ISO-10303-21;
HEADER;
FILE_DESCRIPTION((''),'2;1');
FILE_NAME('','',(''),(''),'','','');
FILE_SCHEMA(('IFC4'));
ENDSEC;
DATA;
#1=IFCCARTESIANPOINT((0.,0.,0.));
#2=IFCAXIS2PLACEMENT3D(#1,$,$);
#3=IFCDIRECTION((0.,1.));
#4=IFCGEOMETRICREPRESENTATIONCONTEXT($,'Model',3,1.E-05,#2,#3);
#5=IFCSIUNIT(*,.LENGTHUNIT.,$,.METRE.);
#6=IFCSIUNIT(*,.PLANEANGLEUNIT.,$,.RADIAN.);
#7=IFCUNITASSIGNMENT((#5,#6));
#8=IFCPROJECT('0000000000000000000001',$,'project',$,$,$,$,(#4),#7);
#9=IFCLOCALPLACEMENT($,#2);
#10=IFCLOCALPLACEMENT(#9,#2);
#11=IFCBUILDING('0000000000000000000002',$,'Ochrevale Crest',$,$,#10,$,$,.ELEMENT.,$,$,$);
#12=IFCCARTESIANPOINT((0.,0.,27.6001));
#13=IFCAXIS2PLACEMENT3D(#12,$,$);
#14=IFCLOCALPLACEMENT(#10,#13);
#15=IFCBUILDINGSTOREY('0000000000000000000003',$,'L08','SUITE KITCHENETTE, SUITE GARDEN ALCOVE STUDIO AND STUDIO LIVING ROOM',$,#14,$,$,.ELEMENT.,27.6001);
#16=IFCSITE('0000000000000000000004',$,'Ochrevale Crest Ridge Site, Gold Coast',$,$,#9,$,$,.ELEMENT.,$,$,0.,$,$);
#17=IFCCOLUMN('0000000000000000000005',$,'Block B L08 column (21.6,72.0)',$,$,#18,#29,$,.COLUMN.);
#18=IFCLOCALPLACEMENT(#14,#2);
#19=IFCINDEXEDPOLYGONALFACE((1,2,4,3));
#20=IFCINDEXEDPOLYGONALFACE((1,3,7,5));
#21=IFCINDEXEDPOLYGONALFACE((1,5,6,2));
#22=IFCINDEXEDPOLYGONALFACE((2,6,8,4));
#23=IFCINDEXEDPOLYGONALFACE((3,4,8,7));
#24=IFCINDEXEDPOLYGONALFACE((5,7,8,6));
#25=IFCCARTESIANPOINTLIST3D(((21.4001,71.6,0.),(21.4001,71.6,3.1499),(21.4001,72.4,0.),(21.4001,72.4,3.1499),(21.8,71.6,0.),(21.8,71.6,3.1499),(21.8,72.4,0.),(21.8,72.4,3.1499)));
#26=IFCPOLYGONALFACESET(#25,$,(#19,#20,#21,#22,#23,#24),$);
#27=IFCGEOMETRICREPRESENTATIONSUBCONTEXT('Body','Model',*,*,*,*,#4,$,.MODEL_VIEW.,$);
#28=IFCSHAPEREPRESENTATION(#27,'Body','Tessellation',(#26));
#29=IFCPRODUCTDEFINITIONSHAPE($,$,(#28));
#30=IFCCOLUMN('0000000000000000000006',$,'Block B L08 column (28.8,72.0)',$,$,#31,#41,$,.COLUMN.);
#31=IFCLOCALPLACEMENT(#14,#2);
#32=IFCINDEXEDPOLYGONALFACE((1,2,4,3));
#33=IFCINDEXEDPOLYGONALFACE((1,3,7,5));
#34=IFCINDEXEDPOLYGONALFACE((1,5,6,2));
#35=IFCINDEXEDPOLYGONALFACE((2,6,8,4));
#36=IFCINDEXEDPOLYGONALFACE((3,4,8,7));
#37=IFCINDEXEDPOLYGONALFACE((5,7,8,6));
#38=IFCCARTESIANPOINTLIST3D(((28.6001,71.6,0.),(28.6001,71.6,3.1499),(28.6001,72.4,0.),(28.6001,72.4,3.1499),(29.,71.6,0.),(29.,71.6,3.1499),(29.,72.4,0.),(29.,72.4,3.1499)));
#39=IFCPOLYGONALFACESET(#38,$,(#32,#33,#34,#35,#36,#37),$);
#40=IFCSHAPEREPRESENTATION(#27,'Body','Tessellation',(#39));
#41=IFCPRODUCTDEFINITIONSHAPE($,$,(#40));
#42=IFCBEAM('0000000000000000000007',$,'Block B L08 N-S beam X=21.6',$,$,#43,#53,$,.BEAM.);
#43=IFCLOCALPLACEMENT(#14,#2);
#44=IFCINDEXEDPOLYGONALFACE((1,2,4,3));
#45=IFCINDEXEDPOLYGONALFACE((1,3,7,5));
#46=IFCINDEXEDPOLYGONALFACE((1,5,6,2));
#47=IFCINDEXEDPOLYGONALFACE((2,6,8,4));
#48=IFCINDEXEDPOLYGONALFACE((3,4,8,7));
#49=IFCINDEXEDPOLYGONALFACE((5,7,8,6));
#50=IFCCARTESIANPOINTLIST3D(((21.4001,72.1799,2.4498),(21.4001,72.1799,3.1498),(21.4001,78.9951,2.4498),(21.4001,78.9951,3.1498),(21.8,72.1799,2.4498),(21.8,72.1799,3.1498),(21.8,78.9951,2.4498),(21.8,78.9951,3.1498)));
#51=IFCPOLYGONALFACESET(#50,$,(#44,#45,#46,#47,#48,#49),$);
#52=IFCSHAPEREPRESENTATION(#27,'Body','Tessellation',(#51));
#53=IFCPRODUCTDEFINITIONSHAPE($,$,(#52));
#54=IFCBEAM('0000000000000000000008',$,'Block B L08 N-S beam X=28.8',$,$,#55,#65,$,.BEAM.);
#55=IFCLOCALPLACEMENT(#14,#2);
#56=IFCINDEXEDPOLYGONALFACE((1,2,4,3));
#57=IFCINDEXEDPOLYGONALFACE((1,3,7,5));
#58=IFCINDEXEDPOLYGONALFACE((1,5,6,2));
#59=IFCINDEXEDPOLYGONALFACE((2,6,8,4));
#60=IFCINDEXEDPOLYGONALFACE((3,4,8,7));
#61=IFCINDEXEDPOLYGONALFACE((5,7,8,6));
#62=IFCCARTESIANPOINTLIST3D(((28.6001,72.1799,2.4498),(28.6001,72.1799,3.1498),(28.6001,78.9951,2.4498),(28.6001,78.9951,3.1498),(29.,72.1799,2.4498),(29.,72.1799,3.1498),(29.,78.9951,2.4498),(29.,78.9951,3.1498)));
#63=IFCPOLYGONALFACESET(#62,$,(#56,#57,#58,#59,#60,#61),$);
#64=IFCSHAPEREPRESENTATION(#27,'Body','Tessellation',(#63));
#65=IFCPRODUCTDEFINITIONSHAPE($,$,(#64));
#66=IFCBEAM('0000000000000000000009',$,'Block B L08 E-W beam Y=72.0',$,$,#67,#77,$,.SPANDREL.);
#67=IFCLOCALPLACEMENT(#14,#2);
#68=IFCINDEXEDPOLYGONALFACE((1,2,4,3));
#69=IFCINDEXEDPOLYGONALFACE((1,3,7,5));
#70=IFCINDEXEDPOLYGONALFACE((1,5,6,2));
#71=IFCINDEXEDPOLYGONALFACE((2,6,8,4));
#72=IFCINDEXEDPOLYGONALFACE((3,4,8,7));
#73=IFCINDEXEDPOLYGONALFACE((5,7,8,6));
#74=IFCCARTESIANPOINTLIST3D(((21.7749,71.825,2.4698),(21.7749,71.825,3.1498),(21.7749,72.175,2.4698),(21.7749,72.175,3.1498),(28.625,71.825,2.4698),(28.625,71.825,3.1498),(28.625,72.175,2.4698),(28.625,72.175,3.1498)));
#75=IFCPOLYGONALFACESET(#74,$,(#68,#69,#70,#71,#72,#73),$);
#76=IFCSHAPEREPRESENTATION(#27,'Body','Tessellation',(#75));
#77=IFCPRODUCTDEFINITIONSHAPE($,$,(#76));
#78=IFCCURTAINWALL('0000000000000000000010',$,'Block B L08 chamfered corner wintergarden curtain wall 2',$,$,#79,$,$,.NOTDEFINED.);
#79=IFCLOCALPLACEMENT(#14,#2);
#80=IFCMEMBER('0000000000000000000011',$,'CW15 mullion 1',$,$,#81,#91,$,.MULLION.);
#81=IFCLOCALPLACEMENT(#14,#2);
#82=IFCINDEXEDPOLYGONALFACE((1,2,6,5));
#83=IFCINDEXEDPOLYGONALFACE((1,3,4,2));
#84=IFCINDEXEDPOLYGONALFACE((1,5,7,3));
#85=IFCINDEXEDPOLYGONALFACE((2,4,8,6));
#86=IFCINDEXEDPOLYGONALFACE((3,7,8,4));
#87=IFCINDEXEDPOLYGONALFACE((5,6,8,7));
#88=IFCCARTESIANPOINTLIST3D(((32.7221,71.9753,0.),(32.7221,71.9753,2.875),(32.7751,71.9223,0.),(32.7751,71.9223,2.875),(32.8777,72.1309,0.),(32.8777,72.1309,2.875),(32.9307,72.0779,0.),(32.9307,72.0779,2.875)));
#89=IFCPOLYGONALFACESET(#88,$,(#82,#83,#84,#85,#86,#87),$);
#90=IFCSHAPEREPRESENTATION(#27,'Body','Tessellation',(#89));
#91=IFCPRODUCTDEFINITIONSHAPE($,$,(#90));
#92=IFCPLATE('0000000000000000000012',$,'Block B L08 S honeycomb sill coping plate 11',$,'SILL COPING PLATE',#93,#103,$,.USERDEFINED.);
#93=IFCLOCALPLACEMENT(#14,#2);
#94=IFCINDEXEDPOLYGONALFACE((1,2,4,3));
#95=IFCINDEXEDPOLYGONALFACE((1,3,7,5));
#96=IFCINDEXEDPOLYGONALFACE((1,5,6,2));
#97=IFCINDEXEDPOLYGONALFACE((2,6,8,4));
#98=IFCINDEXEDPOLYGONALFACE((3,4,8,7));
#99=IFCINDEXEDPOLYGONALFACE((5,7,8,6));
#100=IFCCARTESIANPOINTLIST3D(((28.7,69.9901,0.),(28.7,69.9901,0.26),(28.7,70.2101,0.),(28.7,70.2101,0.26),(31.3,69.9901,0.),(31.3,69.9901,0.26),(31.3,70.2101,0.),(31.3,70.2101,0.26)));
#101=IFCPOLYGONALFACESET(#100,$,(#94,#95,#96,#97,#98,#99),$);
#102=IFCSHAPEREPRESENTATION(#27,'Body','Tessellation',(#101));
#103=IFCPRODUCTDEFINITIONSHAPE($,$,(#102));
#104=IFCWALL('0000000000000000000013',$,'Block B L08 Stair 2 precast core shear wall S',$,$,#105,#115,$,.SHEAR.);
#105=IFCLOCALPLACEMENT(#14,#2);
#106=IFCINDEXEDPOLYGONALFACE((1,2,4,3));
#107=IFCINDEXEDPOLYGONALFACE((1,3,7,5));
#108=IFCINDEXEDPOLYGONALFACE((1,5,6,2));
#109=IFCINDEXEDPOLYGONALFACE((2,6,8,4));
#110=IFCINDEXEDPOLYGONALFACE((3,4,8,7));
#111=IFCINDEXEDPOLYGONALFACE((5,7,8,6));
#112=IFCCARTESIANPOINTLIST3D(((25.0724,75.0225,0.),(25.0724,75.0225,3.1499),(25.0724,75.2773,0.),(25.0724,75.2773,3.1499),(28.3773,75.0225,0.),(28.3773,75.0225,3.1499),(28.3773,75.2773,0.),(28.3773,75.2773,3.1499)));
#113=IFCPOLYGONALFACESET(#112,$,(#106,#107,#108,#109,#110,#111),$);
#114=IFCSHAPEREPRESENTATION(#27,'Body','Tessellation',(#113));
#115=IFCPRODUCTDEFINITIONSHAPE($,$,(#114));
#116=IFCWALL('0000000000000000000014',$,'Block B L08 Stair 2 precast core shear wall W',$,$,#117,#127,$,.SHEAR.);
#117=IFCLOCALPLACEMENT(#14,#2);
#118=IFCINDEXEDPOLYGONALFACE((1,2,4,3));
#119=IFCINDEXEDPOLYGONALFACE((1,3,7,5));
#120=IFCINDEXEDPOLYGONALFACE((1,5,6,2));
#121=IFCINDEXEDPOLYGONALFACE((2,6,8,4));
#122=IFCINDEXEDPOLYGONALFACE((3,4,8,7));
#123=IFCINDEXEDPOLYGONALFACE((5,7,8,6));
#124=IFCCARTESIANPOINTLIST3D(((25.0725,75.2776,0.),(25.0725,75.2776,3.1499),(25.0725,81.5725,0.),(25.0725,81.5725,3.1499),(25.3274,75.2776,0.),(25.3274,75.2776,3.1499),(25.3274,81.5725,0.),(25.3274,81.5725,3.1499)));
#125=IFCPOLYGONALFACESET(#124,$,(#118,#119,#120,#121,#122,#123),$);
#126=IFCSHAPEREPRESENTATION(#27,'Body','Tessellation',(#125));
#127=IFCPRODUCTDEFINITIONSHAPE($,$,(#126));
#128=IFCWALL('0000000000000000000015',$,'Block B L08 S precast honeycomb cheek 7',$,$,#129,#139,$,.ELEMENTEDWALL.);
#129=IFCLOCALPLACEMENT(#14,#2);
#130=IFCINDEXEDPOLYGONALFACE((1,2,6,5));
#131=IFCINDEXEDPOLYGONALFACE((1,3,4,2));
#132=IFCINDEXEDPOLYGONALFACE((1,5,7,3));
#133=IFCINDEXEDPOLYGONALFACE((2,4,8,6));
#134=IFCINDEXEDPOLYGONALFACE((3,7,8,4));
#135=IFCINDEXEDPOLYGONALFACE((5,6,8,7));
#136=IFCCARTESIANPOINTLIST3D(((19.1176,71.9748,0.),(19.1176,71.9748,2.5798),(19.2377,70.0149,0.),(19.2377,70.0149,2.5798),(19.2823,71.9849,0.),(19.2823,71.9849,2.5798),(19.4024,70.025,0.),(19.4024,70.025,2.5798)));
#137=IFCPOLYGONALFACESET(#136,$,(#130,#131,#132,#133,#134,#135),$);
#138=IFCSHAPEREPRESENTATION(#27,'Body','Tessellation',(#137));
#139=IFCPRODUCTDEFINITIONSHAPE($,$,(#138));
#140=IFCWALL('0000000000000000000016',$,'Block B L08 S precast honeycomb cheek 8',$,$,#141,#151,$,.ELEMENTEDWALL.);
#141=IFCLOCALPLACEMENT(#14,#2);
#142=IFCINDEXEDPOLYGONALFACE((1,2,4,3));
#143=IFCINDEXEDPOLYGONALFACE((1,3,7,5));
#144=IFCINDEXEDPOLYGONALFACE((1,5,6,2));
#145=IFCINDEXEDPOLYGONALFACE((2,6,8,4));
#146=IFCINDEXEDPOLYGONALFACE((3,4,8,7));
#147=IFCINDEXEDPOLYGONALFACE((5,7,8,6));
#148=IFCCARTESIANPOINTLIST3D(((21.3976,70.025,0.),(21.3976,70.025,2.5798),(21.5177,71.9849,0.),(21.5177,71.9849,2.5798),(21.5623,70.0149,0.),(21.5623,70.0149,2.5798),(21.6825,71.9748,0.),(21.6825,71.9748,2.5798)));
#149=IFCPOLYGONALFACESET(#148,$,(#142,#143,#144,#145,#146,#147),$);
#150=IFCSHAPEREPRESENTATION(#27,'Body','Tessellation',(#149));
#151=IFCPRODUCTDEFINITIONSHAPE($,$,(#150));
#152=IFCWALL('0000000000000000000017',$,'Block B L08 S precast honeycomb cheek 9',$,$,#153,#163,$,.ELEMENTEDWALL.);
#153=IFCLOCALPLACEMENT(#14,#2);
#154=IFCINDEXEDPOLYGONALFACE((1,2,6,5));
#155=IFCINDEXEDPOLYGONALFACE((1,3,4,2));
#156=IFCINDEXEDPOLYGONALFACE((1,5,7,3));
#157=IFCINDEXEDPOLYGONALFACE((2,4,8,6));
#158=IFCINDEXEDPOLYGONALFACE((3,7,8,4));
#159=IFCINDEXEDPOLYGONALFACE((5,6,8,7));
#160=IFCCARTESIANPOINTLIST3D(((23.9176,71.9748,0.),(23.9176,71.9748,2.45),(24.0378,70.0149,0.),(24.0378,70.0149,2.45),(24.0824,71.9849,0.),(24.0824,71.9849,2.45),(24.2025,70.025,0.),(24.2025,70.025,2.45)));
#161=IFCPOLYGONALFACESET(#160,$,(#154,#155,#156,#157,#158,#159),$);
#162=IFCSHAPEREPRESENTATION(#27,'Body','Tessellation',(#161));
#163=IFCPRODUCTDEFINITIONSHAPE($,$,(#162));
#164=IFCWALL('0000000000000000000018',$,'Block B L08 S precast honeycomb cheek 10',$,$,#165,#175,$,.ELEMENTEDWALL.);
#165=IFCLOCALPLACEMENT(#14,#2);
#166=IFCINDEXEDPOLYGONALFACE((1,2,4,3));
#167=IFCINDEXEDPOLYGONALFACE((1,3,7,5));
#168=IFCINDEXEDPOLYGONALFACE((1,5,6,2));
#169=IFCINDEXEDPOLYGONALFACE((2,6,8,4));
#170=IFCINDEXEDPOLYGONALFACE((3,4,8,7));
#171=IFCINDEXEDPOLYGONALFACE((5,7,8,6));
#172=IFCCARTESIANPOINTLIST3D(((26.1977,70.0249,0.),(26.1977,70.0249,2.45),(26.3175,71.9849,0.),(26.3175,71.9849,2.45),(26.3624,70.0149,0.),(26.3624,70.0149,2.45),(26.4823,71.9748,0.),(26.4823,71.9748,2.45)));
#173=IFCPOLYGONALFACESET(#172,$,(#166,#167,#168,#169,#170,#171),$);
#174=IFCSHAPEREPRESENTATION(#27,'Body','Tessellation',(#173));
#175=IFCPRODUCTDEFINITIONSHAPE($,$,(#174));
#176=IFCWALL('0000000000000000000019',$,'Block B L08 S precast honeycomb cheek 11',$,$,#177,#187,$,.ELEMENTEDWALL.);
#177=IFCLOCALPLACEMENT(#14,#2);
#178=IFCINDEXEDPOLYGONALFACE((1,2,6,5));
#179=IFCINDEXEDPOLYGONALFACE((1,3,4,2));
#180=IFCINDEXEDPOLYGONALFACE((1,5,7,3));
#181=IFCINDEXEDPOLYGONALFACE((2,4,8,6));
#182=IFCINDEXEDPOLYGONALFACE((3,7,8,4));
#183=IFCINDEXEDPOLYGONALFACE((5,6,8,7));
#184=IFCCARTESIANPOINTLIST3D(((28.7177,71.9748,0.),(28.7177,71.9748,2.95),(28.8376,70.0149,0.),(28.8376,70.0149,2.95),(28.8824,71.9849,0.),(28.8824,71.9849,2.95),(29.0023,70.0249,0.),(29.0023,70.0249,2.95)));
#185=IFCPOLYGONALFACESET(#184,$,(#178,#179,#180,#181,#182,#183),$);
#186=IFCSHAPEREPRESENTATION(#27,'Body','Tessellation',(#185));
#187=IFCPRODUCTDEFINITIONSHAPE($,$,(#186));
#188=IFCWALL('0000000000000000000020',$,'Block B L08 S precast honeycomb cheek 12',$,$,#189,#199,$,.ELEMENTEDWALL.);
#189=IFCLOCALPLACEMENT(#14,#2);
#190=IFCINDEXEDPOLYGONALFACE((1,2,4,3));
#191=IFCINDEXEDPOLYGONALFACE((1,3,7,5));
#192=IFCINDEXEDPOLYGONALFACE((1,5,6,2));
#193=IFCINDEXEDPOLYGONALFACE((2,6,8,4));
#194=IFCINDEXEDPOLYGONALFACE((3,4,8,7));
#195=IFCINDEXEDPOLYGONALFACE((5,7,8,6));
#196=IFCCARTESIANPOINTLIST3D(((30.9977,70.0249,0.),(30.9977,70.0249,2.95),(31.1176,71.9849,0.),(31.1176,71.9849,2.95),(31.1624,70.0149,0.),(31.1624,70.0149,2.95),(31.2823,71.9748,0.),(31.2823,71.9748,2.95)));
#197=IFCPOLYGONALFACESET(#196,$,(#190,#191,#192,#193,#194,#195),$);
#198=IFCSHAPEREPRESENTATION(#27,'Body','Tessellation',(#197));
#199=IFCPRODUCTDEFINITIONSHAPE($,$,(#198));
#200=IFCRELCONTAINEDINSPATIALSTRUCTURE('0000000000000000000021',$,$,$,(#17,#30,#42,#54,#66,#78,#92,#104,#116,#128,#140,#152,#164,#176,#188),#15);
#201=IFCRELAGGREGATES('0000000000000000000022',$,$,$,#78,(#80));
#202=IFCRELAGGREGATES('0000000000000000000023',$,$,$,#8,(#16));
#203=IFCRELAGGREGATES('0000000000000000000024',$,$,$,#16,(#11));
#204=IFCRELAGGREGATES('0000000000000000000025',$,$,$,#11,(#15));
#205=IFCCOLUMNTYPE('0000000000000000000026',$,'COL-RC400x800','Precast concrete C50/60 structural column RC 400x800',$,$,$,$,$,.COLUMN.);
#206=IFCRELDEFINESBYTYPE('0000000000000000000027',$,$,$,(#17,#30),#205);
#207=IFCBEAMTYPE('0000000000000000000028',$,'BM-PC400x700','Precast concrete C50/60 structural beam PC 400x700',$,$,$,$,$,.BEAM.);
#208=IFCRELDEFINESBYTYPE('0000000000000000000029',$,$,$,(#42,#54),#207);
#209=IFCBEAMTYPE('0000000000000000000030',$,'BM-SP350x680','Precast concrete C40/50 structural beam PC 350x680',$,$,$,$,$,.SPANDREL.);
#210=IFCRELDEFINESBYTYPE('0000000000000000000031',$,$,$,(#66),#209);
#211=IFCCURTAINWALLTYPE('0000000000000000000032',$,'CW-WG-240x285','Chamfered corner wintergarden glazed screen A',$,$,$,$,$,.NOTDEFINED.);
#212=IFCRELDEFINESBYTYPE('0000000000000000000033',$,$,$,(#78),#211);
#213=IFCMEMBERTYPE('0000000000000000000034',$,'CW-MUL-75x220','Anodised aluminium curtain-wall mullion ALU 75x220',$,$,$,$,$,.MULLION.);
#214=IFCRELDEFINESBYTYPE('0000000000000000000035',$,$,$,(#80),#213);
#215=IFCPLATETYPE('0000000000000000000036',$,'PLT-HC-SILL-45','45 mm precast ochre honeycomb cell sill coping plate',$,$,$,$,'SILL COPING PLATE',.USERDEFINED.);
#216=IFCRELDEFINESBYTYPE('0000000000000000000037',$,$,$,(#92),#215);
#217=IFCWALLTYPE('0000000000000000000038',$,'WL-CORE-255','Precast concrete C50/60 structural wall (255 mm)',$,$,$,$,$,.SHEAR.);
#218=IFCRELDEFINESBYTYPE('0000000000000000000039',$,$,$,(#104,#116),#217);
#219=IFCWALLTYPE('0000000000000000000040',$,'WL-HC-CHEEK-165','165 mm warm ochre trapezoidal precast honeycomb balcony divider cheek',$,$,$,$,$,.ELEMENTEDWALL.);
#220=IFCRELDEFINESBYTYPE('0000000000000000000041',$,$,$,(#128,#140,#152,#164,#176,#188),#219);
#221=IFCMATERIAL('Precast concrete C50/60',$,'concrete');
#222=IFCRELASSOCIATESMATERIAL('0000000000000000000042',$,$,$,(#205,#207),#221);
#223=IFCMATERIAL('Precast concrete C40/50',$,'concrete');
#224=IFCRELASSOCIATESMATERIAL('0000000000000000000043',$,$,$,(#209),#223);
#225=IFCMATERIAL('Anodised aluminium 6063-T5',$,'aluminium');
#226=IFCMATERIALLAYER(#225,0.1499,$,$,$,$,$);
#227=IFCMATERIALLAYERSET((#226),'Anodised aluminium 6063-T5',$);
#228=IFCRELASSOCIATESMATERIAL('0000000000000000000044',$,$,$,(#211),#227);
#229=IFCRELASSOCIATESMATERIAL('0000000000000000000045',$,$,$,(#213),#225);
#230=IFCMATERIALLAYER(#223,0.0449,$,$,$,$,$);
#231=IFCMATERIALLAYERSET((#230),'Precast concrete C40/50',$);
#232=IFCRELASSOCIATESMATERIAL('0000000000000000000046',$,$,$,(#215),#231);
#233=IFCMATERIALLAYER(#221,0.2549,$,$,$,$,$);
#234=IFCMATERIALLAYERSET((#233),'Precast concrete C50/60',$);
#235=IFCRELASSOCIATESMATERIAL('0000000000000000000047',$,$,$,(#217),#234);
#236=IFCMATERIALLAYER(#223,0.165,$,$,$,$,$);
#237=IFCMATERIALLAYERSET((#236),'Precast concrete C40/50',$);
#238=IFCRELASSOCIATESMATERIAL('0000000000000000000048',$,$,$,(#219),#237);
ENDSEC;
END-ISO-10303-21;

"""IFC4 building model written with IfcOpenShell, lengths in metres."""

from ifc_helpers import new_model, si_unit, direction, frame, frame_2d, origin, origin_2d, place, context, subcontext, project, spatial, rectangle, extrude, material, layer, layer_set, material_profile, profile_set, type_object, element, aggregate, save


model = new_model("IFC4")

# Units and contexts
model_context = context("Model", 3, precision=1e-05, world=origin(), true_north=direction((0.0, 1.0)))
body_context = subcontext(model_context, "Body", "Model", "MODEL_VIEW")
ifc_project = project(units=[si_unit("LENGTHUNIT", "METRE"), si_unit("PLANEANGLEUNIT", "RADIAN")], contexts=[model_context])

# Site, building, storey
site_placement = place(None, origin())
site = spatial("IfcSite", under=ifc_project, at=site_placement, Name="Ochrevale Crest Ridge Site, Gold Coast", CompositionType="ELEMENT", RefElevation=0.0)
building_placement = place(site_placement, origin())
building = spatial("IfcBuilding", under=site, at=building_placement, Name="Ochrevale Crest", CompositionType="ELEMENT")
storey_placement = place(building_placement, frame((0.0, 0.0, 27.6001)))
storey = spatial("IfcBuildingStorey", under=building, at=storey_placement, Name="L08", Description="SUITE KITCHENETTE, SUITE GARDEN ALCOVE STUDIO AND STUDIO LIVING ROOM", CompositionType="ELEMENT", Elevation=27.6001)

# Columns
ifc_material_1 = material(Name="Precast concrete C50/60", Category="concrete")
ifc_material_profile_1 = material_profile(ifc_material_1, rectangle(XDim=0.3999, YDim=0.8, at=origin_2d()), Name="RC 400x800")
ifc_profile_set_1 = profile_set([ifc_material_profile_1], Name="Precast concrete C50/60")
column_type = type_object("IfcColumnType", Name="COL-RC400x800", Description="Precast concrete C50/60 structural column RC 400x800", PredefinedType="COLUMN", material=ifc_profile_set_1)
for number, where, z_axis, x_axis, name in (
    (1, (21.6001, 72.0, 0.0), (0.0, 0.0, 1.0), (1.0, 0.0, 0.0), "Block B L08 column (21.6,72.0)"),
    (2, (28.8, 72.0, 0.0), (0.0, 0.0, 1.0), (1.0, 0.0, 0.0), "Block B L08 column (28.8,72.0)"),
):
    element("IfcColumn", number, at=place(storey_placement, frame(where, z_axis=z_axis, x_axis=x_axis)), inside=storey, type_object=column_type, Name=name, PredefinedType="COLUMN", context=body_context, shape_type="SweptSolid", body=[
        extrude(rectangle(XDim=0.3999, YDim=0.8, at=origin_2d()), origin(), (0.0, 0.0, 1.0), 3.1499),
    ])

# Beams
ifc_material_profile_2 = material_profile(ifc_material_1, rectangle(XDim=0.3999, YDim=0.7, at=origin_2d()), Name="PC 400x700")
ifc_profile_set_2 = profile_set([ifc_material_profile_2], Name="Precast concrete C50/60")
beam_type_1 = type_object("IfcBeamType", Name="BM-PC400x700", Description="Precast concrete C50/60 structural beam PC 400x700", PredefinedType="BEAM", material=ifc_profile_set_2)
for number, where, z_axis, x_axis, name in (
    (3, (21.6001, 72.1799, 2.7998), (0.0, 1.0, 0.0), (-1.0, 0.0, 0.0), "Block B L08 N-S beam X=21.6"),
    (4, (28.8, 72.1799, 2.7998), (0.0, 1.0, 0.0), (-1.0, 0.0, 0.0), "Block B L08 N-S beam X=28.8"),
):
    element("IfcBeam", number, at=place(storey_placement, frame(where, z_axis=z_axis, x_axis=x_axis)), inside=storey, type_object=beam_type_1, Name=name, PredefinedType="BEAM", context=body_context, shape_type="SweptSolid", body=[
        extrude(rectangle(XDim=0.3999, YDim=0.7, at=origin_2d()), origin(), (0.0, 0.0, 1.0), 6.8152),
    ])
ifc_material_2 = material(Name="Precast concrete C40/50", Category="concrete")
ifc_material_profile_3 = material_profile(ifc_material_2, rectangle(XDim=0.3501, YDim=0.6799, at=origin_2d()), Name="PC 350x680")
ifc_profile_set_3 = profile_set([ifc_material_profile_3], Name="Precast concrete C40/50")
beam_type_2 = type_object("IfcBeamType", Name="BM-SP350x680", Description="Precast concrete C40/50 structural beam PC 350x680", PredefinedType="SPANDREL", material=ifc_profile_set_3)
beam_placement = place(storey_placement, frame((21.7749, 72.0, 2.8098), z_axis=(1.0, 0.0, 0.0), x_axis=(0.0, 1.0, 0.0)))
element("IfcBeam", 5, at=beam_placement, inside=storey, type_object=beam_type_2, Name="Block B L08 E-W beam Y=72.0", PredefinedType="SPANDREL", context=body_context, shape_type="SweptSolid", body=[
    extrude(rectangle(XDim=0.3501, YDim=0.6799, at=origin_2d()), origin(), (0.0, 0.0, 1.0), 6.8501),
])

# Curtain wall, member
ifc_material_3 = material(Name="Anodised aluminium 6063-T5", Category="aluminium")
ifc_layer_1 = layer(ifc_material_3, 0.1499)
ifc_layer_set_1 = layer_set([ifc_layer_1], Name="Anodised aluminium 6063-T5")
curtain_wall_type = type_object("IfcCurtainWallType", Name="CW-WG-240x285", Description="Chamfered corner wintergarden glazed screen A", PredefinedType="NOTDEFINED", material=ifc_layer_set_1)
curtain_wall_placement = place(storey_placement, origin())
curtain_wall = element("IfcCurtainWall", 6, at=curtain_wall_placement, inside=storey, type_object=curtain_wall_type, Name="Block B L08 chamfered corner wintergarden curtain wall 2", PredefinedType="NOTDEFINED")
ifc_material_profile_4 = material_profile(ifc_material_3, rectangle(XDim=0.075, YDim=0.22, at=origin_2d()), Name="ALU 75x220")
ifc_profile_set_4 = profile_set([ifc_material_profile_4], Name="Anodised aluminium 6063-T5")
member_type = type_object("IfcMemberType", Name="CW-MUL-75x220", Description="Anodised aluminium curtain-wall mullion ALU 75x220", PredefinedType="MULLION", material=ifc_profile_set_4)
member_placement = place(storey_placement, frame((32.8264, 72.0266, 0.0), z_axis=(0.0, 0.0, 1.0), x_axis=(-0.707107, 0.707107, 0.0)))
member = element("IfcMember", 7, at=member_placement, type_object=member_type, Name="CW15 mullion 1", PredefinedType="MULLION", context=body_context, shape_type="SweptSolid", body=[
    extrude(rectangle(XDim=0.075, YDim=0.22, at=origin_2d()), origin(), (0.0, 0.0, 1.0), 2.875),
])
aggregate(curtain_wall, [member])

# Plate
ifc_layer_2 = layer(ifc_material_2, 0.0449)
ifc_layer_set_2 = layer_set([ifc_layer_2], Name="Precast concrete C40/50")
plate_type = type_object("IfcPlateType", Name="PLT-HC-SILL-45", Description="45 mm precast ochre honeycomb cell sill coping plate", ElementType="SILL COPING PLATE", PredefinedType="USERDEFINED", material=ifc_layer_set_2)
plate_placement = place(storey_placement, frame((30.0, 70.1001, 0.0), z_axis=(0.0, 0.0, 1.0), x_axis=(1.0, 0.0, 0.0)))
element("IfcPlate", 8, at=plate_placement, inside=storey, type_object=plate_type, Name="Block B L08 S honeycomb sill coping plate 11", ObjectType="SILL COPING PLATE", PredefinedType="USERDEFINED", context=body_context, shape_type="SweptSolid", body=[
    extrude(rectangle(XDim=2.6001, YDim=0.22, at=origin_2d()), origin(), (0.0, 0.0, 1.0), 0.26),
])

# Walls
ifc_layer_3 = layer(ifc_material_1, 0.2549)
ifc_layer_set_3 = layer_set([ifc_layer_3], Name="Precast concrete C50/60")
wall_type_1 = type_object("IfcWallType", Name="WL-CORE-255", Description="Precast concrete C50/60 structural wall (255 mm)", PredefinedType="SHEAR", material=ifc_layer_set_3)
wall_1_placement = place(storey_placement, frame((25.0725, 75.1499, 0.0), z_axis=(0.0, 0.0, 1.0), x_axis=(1.0, 0.0, 0.0)))
element("IfcWall", 9, at=wall_1_placement, inside=storey, type_object=wall_type_1, Name="Block B L08 Stair 2 precast core shear wall S", PredefinedType="SHEAR", context=body_context, shape_type="SweptSolid", body=[
    extrude(rectangle(XDim=3.3049, YDim=0.2549, at=frame_2d((1.6523, 0.0))), origin(), (0.0, 0.0, 1.0), 3.1499),
])
wall_2_placement = place(storey_placement, frame((25.2, 75.2776, 0.0), z_axis=(0.0, 0.0, 1.0), x_axis=(0.0, 1.0, 0.0)))
element("IfcWall", 10, at=wall_2_placement, inside=storey, type_object=wall_type_1, Name="Block B L08 Stair 2 precast core shear wall W", PredefinedType="SHEAR", context=body_context, shape_type="SweptSolid", body=[
    extrude(rectangle(XDim=6.2949, YDim=0.2549, at=frame_2d((3.1475, 0.0))), origin(), (0.0, 0.0, 1.0), 3.1499),
])
ifc_layer_4 = layer(ifc_material_2, 0.165)
ifc_layer_set_4 = layer_set([ifc_layer_4], Name="Precast concrete C40/50")
wall_type_2 = type_object("IfcWallType", Name="WL-HC-CHEEK-165", Description="165 mm warm ochre trapezoidal precast honeycomb balcony divider cheek", PredefinedType="ELEMENTEDWALL", material=ifc_layer_set_4)
for number, where, z_axis, x_axis, name in (
    (11, (19.2, 71.98, 0.0), (0.0, 0.0, 1.0), (0.061171, -0.998127, 0.0), "Block B L08 S precast honeycomb cheek 7"),
    (12, (21.6001, 71.98, 0.0), (0.0, 0.0, 1.0), (-0.061171, -0.998127, 0.0), "Block B L08 S precast honeycomb cheek 8"),
):
    element("IfcWall", number, at=place(storey_placement, frame(where, z_axis=z_axis, x_axis=x_axis)), inside=storey, type_object=wall_type_2, Name=name, PredefinedType="ELEMENTEDWALL", context=body_context, shape_type="SweptSolid", body=[
        extrude(rectangle(XDim=1.9636, YDim=0.165, at=frame_2d((0.9819, 0.0))), origin(), (0.0, 0.0, 1.0), 2.5798),
    ])
for number, where, z_axis, x_axis, name in (
    (13, (24.0, 71.98, 0.0), (0.0, 0.0, 1.0), (0.061171, -0.998127, 0.0), "Block B L08 S precast honeycomb cheek 9"),
    (14, (26.3999, 71.98, 0.0), (0.0, 0.0, 1.0), (-0.061047, -0.998135, 0.0), "Block B L08 S precast honeycomb cheek 10"),
):
    element("IfcWall", number, at=place(storey_placement, frame(where, z_axis=z_axis, x_axis=x_axis)), inside=storey, type_object=wall_type_2, Name=name, PredefinedType="ELEMENTEDWALL", context=body_context, shape_type="SweptSolid", body=[
        extrude(rectangle(XDim=1.9636, YDim=0.165, at=frame_2d((0.9819, 0.0))), origin(), (0.0, 0.0, 1.0), 2.45),
    ])
for number, where, z_axis, x_axis, name in (
    (15, (28.8, 71.98, 0.0), (0.0, 0.0, 1.0), (0.061047, -0.998135, 0.0), "Block B L08 S precast honeycomb cheek 11"),
    (16, (31.2, 71.98, 0.0), (0.0, 0.0, 1.0), (-0.061047, -0.998135, 0.0), "Block B L08 S precast honeycomb cheek 12"),
):
    element("IfcWall", number, at=place(storey_placement, frame(where, z_axis=z_axis, x_axis=x_axis)), inside=storey, type_object=wall_type_2, Name=name, PredefinedType="ELEMENTEDWALL", context=body_context, shape_type="SweptSolid", body=[
        extrude(rectangle(XDim=1.9636, YDim=0.165, at=frame_2d((0.9819, 0.0))), origin(), (0.0, 0.0, 1.0), 2.95),
    ])

save(model, "model.ifc")
